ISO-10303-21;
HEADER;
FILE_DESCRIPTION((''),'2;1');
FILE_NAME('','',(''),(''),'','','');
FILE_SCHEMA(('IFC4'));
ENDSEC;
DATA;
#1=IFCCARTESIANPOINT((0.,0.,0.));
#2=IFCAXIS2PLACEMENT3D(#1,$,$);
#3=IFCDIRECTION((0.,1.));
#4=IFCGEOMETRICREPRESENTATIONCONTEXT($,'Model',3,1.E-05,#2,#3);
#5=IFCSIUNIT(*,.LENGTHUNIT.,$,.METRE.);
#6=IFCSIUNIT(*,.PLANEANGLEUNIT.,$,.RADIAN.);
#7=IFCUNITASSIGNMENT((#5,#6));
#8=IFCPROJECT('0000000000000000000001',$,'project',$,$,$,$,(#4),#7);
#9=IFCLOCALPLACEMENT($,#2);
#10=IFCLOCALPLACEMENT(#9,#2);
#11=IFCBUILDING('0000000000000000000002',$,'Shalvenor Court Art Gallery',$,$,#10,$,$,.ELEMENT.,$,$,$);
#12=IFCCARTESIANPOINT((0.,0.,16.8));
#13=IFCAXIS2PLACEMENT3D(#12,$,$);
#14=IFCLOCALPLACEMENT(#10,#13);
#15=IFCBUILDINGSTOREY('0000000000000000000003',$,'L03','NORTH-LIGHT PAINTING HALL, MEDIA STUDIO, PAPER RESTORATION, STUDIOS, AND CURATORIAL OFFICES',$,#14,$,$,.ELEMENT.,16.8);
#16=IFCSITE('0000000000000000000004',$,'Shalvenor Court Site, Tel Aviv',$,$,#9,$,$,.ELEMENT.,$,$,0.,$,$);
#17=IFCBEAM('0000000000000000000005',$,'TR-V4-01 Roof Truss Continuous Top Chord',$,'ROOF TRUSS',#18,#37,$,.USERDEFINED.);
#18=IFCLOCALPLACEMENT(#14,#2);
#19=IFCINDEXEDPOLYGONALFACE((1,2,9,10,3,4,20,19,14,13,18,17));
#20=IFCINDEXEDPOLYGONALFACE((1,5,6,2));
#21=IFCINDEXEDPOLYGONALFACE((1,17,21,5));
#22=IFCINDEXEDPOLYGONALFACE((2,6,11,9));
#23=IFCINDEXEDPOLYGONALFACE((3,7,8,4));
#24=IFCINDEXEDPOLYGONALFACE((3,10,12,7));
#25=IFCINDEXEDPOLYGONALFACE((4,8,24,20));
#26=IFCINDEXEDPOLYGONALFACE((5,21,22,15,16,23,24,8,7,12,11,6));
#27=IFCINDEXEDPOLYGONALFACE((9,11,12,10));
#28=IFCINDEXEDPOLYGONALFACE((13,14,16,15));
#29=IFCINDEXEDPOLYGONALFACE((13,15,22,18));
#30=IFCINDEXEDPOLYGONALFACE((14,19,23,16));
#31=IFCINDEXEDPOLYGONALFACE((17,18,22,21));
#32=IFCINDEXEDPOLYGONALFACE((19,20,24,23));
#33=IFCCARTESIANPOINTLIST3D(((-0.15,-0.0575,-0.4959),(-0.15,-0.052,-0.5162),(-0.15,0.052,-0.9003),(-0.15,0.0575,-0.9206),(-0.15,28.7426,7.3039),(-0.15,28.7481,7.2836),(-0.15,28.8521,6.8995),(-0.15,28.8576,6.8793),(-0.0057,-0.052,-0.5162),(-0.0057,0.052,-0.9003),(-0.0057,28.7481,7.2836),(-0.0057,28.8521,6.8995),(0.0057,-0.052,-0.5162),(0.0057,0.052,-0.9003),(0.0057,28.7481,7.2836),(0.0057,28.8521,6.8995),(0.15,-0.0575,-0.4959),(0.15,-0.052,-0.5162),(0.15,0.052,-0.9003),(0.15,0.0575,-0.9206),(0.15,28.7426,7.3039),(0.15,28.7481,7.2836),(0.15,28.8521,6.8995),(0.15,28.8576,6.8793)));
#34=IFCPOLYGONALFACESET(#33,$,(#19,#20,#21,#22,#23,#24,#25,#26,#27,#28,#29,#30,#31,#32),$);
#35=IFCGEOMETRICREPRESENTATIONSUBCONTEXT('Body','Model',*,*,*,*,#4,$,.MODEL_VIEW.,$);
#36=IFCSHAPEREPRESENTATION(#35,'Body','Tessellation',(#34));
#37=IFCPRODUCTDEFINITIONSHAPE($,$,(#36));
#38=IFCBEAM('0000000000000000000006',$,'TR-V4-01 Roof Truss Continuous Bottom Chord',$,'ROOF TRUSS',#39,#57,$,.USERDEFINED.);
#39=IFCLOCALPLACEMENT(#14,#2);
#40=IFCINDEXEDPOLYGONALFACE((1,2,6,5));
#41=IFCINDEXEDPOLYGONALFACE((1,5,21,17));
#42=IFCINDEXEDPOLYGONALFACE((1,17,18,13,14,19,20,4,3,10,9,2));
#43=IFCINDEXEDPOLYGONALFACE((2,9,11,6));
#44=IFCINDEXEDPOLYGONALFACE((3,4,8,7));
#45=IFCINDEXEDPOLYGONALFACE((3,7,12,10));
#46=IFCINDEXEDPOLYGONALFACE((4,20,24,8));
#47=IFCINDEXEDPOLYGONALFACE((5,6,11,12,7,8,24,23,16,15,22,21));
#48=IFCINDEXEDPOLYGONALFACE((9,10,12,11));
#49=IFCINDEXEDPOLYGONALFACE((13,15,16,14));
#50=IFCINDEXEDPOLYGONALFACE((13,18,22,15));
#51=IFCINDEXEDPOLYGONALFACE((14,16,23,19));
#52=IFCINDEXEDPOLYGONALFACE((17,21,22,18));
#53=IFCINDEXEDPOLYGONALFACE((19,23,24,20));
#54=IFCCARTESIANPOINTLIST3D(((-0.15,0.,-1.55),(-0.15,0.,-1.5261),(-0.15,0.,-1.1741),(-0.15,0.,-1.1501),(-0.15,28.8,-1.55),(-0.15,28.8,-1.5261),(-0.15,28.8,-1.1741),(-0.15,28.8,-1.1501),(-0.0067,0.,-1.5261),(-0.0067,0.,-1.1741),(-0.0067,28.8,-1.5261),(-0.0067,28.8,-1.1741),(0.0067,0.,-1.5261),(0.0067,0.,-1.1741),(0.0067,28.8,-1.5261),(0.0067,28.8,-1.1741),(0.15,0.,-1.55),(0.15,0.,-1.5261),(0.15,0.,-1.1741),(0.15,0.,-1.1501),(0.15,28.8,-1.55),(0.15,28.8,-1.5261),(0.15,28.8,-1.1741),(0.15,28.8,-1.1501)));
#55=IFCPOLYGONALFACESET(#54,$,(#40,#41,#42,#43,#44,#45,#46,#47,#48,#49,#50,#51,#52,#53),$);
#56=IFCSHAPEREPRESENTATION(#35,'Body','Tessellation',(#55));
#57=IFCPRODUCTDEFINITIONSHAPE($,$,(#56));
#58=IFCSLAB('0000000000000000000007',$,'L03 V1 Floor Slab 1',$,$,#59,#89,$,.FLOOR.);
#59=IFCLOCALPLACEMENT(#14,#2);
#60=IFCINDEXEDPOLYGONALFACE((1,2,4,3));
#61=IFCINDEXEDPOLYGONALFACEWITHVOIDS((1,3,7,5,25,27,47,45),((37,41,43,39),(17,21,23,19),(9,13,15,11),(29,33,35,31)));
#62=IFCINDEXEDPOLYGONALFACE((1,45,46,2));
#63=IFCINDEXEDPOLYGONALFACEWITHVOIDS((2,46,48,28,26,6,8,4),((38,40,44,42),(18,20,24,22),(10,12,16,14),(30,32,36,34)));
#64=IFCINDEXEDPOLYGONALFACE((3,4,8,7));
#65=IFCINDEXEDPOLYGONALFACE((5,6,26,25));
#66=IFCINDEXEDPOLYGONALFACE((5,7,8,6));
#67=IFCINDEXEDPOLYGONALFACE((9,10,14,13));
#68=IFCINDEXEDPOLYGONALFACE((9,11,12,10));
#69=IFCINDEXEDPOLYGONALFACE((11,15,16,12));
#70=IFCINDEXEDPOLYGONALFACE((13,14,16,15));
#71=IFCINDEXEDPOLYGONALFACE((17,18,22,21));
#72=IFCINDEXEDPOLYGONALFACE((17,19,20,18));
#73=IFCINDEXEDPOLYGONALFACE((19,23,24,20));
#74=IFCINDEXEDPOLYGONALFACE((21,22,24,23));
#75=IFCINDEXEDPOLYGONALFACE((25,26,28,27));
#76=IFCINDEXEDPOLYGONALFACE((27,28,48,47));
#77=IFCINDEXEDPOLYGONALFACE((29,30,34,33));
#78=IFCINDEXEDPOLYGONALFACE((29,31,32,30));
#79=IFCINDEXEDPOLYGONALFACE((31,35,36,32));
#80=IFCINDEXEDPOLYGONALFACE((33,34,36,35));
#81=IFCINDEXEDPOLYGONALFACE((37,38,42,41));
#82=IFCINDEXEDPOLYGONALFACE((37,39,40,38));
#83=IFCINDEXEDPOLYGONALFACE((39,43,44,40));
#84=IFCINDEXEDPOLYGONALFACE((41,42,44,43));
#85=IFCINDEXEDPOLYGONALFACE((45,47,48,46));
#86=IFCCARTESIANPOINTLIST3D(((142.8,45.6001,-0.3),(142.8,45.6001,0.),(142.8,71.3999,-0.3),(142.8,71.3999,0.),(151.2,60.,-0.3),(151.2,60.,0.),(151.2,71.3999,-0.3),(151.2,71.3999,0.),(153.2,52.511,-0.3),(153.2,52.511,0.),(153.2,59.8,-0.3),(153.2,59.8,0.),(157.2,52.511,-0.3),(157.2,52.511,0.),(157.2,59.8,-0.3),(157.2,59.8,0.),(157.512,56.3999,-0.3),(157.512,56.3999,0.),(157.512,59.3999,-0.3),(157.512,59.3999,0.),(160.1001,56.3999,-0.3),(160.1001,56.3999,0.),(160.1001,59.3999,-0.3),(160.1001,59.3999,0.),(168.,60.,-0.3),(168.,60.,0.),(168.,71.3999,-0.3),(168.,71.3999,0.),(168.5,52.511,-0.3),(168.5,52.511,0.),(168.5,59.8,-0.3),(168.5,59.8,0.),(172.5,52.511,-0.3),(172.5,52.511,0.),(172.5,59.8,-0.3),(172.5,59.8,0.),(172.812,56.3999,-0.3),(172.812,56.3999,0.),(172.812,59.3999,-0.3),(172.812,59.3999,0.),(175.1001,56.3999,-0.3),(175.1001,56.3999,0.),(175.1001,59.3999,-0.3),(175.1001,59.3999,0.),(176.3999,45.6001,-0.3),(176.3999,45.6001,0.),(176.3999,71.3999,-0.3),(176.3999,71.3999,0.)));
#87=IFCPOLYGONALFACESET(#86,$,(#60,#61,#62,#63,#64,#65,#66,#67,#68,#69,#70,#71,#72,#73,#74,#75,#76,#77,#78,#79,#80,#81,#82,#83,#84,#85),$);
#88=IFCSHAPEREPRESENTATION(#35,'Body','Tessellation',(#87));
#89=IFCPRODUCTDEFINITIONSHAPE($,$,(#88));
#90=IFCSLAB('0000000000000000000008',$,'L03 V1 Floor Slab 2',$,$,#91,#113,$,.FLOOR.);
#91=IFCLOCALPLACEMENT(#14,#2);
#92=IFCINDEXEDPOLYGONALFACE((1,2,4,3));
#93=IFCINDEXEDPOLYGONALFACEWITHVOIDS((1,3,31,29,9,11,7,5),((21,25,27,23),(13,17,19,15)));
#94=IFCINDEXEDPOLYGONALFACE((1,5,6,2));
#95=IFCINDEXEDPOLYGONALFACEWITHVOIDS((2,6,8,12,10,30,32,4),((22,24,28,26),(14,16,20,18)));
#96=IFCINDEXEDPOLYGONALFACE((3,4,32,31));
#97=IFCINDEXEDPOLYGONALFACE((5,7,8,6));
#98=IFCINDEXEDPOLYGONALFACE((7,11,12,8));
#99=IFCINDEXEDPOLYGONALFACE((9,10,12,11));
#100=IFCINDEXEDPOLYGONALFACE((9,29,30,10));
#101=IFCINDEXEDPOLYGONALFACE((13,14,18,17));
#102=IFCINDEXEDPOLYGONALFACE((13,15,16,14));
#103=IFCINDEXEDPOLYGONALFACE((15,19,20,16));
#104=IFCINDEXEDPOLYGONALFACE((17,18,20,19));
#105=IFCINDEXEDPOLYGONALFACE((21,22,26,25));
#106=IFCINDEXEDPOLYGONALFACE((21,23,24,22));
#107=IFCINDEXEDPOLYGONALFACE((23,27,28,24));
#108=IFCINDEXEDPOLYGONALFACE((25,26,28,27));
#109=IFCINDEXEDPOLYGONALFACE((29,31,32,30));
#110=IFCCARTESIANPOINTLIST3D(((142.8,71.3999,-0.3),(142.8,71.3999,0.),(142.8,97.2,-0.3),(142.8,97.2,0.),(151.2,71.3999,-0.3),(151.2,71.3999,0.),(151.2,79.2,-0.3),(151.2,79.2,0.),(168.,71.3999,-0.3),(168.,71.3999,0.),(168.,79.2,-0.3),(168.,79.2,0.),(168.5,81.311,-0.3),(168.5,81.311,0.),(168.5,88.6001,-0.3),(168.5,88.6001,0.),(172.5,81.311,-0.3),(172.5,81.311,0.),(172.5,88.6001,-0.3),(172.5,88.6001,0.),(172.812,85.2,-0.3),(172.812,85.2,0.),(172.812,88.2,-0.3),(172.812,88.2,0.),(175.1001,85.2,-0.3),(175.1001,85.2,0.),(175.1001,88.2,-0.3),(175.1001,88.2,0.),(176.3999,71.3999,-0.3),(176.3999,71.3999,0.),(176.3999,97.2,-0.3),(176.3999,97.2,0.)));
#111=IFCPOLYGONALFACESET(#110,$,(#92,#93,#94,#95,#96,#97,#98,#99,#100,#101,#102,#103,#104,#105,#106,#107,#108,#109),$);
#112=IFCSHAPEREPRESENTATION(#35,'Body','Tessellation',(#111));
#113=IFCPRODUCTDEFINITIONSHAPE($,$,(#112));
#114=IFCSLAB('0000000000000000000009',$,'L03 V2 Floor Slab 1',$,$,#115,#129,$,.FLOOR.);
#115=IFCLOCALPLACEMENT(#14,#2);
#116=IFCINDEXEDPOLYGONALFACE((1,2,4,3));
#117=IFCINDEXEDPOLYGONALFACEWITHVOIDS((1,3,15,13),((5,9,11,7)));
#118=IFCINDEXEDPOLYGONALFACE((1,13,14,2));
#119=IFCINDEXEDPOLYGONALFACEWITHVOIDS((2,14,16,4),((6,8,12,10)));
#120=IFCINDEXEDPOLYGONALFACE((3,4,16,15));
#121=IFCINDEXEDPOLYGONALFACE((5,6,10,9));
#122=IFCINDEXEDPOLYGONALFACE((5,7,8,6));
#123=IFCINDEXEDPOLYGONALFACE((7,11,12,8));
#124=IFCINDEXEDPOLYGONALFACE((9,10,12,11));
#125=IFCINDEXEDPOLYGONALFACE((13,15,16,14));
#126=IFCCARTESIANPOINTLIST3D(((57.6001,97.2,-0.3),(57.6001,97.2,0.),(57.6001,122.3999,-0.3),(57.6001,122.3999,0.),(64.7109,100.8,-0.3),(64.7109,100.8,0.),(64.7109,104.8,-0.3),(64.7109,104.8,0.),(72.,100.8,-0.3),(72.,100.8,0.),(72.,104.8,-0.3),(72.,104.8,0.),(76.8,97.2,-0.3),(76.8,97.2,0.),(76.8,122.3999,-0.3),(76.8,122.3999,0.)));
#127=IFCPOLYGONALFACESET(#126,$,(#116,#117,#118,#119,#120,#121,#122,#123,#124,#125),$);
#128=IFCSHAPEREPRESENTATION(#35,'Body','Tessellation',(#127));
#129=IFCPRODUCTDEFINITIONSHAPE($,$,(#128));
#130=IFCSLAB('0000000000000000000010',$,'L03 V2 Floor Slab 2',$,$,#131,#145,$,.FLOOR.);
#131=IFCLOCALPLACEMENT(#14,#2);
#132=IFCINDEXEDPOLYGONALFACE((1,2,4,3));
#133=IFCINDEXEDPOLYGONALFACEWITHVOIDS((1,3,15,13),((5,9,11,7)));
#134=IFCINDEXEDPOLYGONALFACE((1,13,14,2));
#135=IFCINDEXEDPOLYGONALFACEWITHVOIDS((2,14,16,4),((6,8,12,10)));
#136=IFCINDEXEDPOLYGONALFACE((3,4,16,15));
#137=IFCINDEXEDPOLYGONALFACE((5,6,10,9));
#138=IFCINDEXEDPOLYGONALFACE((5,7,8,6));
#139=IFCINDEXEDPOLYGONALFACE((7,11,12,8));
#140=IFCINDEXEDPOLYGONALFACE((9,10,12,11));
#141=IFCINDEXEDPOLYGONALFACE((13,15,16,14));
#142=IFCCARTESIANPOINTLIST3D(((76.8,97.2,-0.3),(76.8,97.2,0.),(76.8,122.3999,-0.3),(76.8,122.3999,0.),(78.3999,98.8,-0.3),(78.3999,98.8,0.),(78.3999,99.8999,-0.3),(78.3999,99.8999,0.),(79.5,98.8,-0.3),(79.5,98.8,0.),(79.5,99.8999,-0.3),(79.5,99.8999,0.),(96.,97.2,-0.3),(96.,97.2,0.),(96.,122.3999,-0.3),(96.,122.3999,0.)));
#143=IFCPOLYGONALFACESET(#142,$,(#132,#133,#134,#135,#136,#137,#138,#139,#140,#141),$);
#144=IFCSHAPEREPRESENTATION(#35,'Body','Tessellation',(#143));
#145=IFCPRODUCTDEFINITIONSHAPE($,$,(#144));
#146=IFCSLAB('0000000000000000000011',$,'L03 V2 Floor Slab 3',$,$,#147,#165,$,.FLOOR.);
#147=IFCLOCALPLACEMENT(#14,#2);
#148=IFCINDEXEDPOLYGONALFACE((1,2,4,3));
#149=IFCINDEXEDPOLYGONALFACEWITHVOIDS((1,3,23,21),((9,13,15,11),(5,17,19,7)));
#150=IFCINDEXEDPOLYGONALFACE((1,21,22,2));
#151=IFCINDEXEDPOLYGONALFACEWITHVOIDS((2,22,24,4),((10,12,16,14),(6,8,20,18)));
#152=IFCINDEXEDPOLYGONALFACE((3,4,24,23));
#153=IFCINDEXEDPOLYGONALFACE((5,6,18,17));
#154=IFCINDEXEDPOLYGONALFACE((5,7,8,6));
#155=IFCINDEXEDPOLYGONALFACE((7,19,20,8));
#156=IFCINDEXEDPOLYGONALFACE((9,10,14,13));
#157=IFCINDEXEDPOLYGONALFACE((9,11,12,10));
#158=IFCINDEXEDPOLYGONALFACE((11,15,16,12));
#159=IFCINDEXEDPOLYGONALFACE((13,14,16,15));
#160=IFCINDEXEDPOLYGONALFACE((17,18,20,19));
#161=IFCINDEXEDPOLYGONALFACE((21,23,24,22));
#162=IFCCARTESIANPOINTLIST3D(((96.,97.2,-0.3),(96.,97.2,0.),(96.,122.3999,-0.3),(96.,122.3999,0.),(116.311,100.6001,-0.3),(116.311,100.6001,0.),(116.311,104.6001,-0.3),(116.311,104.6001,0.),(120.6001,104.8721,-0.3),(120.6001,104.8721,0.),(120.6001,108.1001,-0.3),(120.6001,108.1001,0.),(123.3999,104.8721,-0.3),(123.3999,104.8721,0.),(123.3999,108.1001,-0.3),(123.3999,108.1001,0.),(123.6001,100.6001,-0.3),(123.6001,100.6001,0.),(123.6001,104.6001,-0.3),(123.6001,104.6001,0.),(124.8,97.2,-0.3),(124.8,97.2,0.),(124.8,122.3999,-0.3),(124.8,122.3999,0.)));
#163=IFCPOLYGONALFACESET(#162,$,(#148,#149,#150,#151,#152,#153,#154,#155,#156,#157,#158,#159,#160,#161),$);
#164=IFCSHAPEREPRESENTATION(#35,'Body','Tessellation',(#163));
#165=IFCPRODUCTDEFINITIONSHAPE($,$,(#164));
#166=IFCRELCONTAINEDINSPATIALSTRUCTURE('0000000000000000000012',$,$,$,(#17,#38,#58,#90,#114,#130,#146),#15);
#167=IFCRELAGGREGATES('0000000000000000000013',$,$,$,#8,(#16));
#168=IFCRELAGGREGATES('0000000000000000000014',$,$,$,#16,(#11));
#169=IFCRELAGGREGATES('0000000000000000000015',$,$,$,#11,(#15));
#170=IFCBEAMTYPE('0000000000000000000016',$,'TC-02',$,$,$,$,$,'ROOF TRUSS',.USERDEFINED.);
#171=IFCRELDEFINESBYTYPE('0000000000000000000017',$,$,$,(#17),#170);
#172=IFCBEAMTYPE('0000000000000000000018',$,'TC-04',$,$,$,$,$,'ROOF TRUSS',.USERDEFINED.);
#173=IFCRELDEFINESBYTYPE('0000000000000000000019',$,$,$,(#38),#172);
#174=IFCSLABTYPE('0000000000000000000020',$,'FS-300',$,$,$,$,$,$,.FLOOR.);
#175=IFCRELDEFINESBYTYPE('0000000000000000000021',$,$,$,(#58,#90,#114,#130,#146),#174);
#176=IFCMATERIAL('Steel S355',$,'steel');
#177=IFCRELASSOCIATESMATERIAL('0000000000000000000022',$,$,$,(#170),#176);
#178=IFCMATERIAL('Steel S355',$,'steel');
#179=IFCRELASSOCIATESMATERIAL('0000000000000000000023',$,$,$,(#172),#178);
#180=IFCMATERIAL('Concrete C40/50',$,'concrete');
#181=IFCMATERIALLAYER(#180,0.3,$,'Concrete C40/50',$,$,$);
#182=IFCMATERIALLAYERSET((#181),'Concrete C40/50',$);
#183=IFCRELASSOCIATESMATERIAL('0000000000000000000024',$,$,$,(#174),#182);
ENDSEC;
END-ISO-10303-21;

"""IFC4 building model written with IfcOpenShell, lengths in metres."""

from ifc_helpers import new_model, si_unit, direction, frame, origin, origin_2d, place, context, subcontext, project, spatial, polyline, i_section, outline, extrude, material, layer, layer_set, material_profile, profile_set, type_object, element, save


model = new_model("IFC4")

# Units and contexts
model_context = context("Model", 3, precision=1e-05, world=origin(), true_north=direction((0.0, 1.0)))
body_context = subcontext(model_context, "Body", "Model", "MODEL_VIEW")
ifc_project = project(units=[si_unit("LENGTHUNIT", "METRE"), si_unit("PLANEANGLEUNIT", "RADIAN")], contexts=[model_context])

# Site, building, storey
site_placement = place(None, origin())
site = spatial("IfcSite", under=ifc_project, at=site_placement, Name="Shalvenor Court Site, Tel Aviv", CompositionType="ELEMENT", RefElevation=0.0)
building_placement = place(site_placement, origin())
building = spatial("IfcBuilding", under=site, at=building_placement, Name="Shalvenor Court Art Gallery", CompositionType="ELEMENT")
storey_placement = place(building_placement, frame((0.0, 0.0, 16.8)))
storey = spatial("IfcBuildingStorey", under=building, at=storey_placement, Name="L03", Description="NORTH-LIGHT PAINTING HALL, MEDIA STUDIO, PAPER RESTORATION, STUDIOS, AND CURATORIAL OFFICES", CompositionType="ELEMENT", Elevation=16.8)

# Beams
ifc_material_1 = material(Name="Steel S355", Category="steel")
ifc_material_profile_1 = material_profile(ifc_material_1, i_section(OverallWidth=0.3, OverallDepth=0.4399, WebThickness=0.0115, FlangeThickness=0.021, at=origin_2d()), Name="HEA 450")
ifc_profile_set_1 = profile_set([ifc_material_profile_1], Name="Steel S355")
beam_type_1 = type_object("IfcBeamType", Name="TC-02", ElementType="ROOF TRUSS", PredefinedType="USERDEFINED", material=ifc_profile_set_1)
beam_1_placement = place(storey_placement, frame((0.0, 0.0, -0.7083), z_axis=(0.0, 0.965228, 0.261409), x_axis=(-1.0, 0.0, 0.0)))
element("IfcBeam", 1, at=beam_1_placement, inside=storey, type_object=beam_type_1, Name="TR-V4-01 Roof Truss Continuous Top Chord", ObjectType="ROOF TRUSS", PredefinedType="USERDEFINED", context=body_context, shape_type="SweptSolid", body=[
    extrude(i_section(OverallWidth=0.3, OverallDepth=0.4399, WebThickness=0.0115, FlangeThickness=0.021, at=origin_2d()), origin(), (0.0, 0.0, 1.0), 29.8376),
])
ifc_material_2 = material(Name="Steel S355", Category="steel")
ifc_material_profile_2 = material_profile(ifc_material_2, i_section(OverallWidth=0.3, OverallDepth=0.3999, WebThickness=0.0134, FlangeThickness=0.0239, at=origin_2d()), Name="HEB 400")
ifc_profile_set_2 = profile_set([ifc_material_profile_2], Name="Steel S355")
beam_type_2 = type_object("IfcBeamType", Name="TC-04", ElementType="ROOF TRUSS", PredefinedType="USERDEFINED", material=ifc_profile_set_2)
beam_2_placement = place(storey_placement, frame((0.0, 0.0, -1.3501), z_axis=(0.0, 1.0, 0.0), x_axis=(-1.0, 0.0, 0.0)))
element("IfcBeam", 2, at=beam_2_placement, inside=storey, type_object=beam_type_2, Name="TR-V4-01 Roof Truss Continuous Bottom Chord", ObjectType="ROOF TRUSS", PredefinedType="USERDEFINED", context=body_context, shape_type="SweptSolid", body=[
    extrude(i_section(OverallWidth=0.3, OverallDepth=0.3999, WebThickness=0.0134, FlangeThickness=0.0239, at=origin_2d()), origin(), (0.0, 0.0, 1.0), 28.8),
])

# Slabs
ifc_material_3 = material(Name="Concrete C40/50", Category="concrete")
ifc_layer_1 = layer(ifc_material_3, 0.3, Name="Concrete C40/50")
ifc_layer_set_1 = layer_set([ifc_layer_1], Name="Concrete C40/50")
slab_type_1 = type_object("IfcSlabType", Name="FS-300", PredefinedType="FLOOR", material=ifc_layer_set_1)
slab_1_placement = place(storey_placement, frame((0.0, 0.0, -0.3)))
element("IfcSlab", 3, at=slab_1_placement, inside=storey, type_object=slab_type_1, Name="L03 V1 Floor Slab 1", PredefinedType="FLOOR", context=body_context, shape_type="SweptSolid", body=[
    extrude(outline(polyline([(176.3999, 45.6001), (142.8, 45.6001), (142.8, 71.3999), (151.2, 71.3999), (151.2, 60.0), (168.0, 60.0), (168.0, 71.3999), (176.3999, 71.3999), (176.3999, 45.6001)]), holes=[polyline([(168.5, 59.8), (168.5, 52.511), (172.5, 52.511), (172.5, 59.8), (168.5, 59.8)]), polyline([(157.2, 59.8), (153.2, 59.8), (153.2, 52.511), (157.2, 52.511), (157.2, 59.8)]), polyline([(172.812, 56.3999), (175.1001, 56.3999), (175.1001, 59.3999), (172.812, 59.3999), (172.812, 56.3999)]), polyline([(157.512, 59.3999), (157.512, 56.3999), (160.1001, 56.3999), (160.1001, 59.3999), (157.512, 59.3999)])]), origin(), (0.0, 0.0, 1.0), 0.3),
])
slab_2_placement = place(storey_placement, frame((0.0, 0.0, -0.3)))
element("IfcSlab", 4, at=slab_2_placement, inside=storey, type_object=slab_type_1, Name="L03 V1 Floor Slab 2", PredefinedType="FLOOR", context=body_context, shape_type="SweptSolid", body=[
    extrude(outline(polyline([(176.3999, 71.3999), (168.0, 71.3999), (168.0, 79.2), (151.2, 79.2), (151.2, 71.3999), (142.8, 71.3999), (142.8, 97.2), (176.3999, 97.2), (176.3999, 71.3999)]), holes=[polyline([(168.5, 81.311), (172.5, 81.311), (172.5, 88.6001), (168.5, 88.6001), (168.5, 81.311)]), polyline([(175.1001, 85.2), (175.1001, 88.2), (172.812, 88.2), (172.812, 85.2), (175.1001, 85.2)])]), origin(), (0.0, 0.0, 1.0), 0.3),
])
slab_3_placement = place(storey_placement, frame((0.0, 0.0, -0.3)))
element("IfcSlab", 5, at=slab_3_placement, inside=storey, type_object=slab_type_1, Name="L03 V2 Floor Slab 1", PredefinedType="FLOOR", context=body_context, shape_type="SweptSolid", body=[
    extrude(outline(polyline([(57.6001, 97.2), (57.6001, 122.3999), (76.8, 122.3999), (76.8, 97.2), (57.6001, 97.2)]), holes=[polyline([(64.7109, 100.8), (72.0, 100.8), (72.0, 104.8), (64.7109, 104.8), (64.7109, 100.8)])]), origin(), (0.0, 0.0, 1.0), 0.3),
])
slab_4_placement = place(storey_placement, frame((0.0, 0.0, -0.3)))
element("IfcSlab", 6, at=slab_4_placement, inside=storey, type_object=slab_type_1, Name="L03 V2 Floor Slab 2", PredefinedType="FLOOR", context=body_context, shape_type="SweptSolid", body=[
    extrude(outline(polyline([(76.8, 97.2), (76.8, 122.3999), (96.0, 122.3999), (96.0, 97.2), (76.8, 97.2)]), holes=[polyline([(78.3999, 98.8), (79.5, 98.8), (79.5, 99.8999), (78.3999, 99.8999), (78.3999, 98.8)])]), origin(), (0.0, 0.0, 1.0), 0.3),
])
slab_5_placement = place(storey_placement, frame((0.0, 0.0, -0.3)))
element("IfcSlab", 7, at=slab_5_placement, inside=storey, type_object=slab_type_1, Name="L03 V2 Floor Slab 3", PredefinedType="FLOOR", context=body_context, shape_type="SweptSolid", body=[
    extrude(outline(polyline([(124.8, 97.2), (96.0, 97.2), (96.0, 122.3999), (124.8, 122.3999), (124.8, 97.2)]), holes=[polyline([(123.6001, 100.6001), (123.6001, 104.6001), (116.311, 104.6001), (116.311, 100.6001), (123.6001, 100.6001)]), polyline([(120.6001, 108.1001), (120.6001, 104.8721), (123.3999, 104.8721), (123.3999, 108.1001), (120.6001, 108.1001)])]), origin(), (0.0, 0.0, 1.0), 0.3),
])

save(model, "model.ifc")
